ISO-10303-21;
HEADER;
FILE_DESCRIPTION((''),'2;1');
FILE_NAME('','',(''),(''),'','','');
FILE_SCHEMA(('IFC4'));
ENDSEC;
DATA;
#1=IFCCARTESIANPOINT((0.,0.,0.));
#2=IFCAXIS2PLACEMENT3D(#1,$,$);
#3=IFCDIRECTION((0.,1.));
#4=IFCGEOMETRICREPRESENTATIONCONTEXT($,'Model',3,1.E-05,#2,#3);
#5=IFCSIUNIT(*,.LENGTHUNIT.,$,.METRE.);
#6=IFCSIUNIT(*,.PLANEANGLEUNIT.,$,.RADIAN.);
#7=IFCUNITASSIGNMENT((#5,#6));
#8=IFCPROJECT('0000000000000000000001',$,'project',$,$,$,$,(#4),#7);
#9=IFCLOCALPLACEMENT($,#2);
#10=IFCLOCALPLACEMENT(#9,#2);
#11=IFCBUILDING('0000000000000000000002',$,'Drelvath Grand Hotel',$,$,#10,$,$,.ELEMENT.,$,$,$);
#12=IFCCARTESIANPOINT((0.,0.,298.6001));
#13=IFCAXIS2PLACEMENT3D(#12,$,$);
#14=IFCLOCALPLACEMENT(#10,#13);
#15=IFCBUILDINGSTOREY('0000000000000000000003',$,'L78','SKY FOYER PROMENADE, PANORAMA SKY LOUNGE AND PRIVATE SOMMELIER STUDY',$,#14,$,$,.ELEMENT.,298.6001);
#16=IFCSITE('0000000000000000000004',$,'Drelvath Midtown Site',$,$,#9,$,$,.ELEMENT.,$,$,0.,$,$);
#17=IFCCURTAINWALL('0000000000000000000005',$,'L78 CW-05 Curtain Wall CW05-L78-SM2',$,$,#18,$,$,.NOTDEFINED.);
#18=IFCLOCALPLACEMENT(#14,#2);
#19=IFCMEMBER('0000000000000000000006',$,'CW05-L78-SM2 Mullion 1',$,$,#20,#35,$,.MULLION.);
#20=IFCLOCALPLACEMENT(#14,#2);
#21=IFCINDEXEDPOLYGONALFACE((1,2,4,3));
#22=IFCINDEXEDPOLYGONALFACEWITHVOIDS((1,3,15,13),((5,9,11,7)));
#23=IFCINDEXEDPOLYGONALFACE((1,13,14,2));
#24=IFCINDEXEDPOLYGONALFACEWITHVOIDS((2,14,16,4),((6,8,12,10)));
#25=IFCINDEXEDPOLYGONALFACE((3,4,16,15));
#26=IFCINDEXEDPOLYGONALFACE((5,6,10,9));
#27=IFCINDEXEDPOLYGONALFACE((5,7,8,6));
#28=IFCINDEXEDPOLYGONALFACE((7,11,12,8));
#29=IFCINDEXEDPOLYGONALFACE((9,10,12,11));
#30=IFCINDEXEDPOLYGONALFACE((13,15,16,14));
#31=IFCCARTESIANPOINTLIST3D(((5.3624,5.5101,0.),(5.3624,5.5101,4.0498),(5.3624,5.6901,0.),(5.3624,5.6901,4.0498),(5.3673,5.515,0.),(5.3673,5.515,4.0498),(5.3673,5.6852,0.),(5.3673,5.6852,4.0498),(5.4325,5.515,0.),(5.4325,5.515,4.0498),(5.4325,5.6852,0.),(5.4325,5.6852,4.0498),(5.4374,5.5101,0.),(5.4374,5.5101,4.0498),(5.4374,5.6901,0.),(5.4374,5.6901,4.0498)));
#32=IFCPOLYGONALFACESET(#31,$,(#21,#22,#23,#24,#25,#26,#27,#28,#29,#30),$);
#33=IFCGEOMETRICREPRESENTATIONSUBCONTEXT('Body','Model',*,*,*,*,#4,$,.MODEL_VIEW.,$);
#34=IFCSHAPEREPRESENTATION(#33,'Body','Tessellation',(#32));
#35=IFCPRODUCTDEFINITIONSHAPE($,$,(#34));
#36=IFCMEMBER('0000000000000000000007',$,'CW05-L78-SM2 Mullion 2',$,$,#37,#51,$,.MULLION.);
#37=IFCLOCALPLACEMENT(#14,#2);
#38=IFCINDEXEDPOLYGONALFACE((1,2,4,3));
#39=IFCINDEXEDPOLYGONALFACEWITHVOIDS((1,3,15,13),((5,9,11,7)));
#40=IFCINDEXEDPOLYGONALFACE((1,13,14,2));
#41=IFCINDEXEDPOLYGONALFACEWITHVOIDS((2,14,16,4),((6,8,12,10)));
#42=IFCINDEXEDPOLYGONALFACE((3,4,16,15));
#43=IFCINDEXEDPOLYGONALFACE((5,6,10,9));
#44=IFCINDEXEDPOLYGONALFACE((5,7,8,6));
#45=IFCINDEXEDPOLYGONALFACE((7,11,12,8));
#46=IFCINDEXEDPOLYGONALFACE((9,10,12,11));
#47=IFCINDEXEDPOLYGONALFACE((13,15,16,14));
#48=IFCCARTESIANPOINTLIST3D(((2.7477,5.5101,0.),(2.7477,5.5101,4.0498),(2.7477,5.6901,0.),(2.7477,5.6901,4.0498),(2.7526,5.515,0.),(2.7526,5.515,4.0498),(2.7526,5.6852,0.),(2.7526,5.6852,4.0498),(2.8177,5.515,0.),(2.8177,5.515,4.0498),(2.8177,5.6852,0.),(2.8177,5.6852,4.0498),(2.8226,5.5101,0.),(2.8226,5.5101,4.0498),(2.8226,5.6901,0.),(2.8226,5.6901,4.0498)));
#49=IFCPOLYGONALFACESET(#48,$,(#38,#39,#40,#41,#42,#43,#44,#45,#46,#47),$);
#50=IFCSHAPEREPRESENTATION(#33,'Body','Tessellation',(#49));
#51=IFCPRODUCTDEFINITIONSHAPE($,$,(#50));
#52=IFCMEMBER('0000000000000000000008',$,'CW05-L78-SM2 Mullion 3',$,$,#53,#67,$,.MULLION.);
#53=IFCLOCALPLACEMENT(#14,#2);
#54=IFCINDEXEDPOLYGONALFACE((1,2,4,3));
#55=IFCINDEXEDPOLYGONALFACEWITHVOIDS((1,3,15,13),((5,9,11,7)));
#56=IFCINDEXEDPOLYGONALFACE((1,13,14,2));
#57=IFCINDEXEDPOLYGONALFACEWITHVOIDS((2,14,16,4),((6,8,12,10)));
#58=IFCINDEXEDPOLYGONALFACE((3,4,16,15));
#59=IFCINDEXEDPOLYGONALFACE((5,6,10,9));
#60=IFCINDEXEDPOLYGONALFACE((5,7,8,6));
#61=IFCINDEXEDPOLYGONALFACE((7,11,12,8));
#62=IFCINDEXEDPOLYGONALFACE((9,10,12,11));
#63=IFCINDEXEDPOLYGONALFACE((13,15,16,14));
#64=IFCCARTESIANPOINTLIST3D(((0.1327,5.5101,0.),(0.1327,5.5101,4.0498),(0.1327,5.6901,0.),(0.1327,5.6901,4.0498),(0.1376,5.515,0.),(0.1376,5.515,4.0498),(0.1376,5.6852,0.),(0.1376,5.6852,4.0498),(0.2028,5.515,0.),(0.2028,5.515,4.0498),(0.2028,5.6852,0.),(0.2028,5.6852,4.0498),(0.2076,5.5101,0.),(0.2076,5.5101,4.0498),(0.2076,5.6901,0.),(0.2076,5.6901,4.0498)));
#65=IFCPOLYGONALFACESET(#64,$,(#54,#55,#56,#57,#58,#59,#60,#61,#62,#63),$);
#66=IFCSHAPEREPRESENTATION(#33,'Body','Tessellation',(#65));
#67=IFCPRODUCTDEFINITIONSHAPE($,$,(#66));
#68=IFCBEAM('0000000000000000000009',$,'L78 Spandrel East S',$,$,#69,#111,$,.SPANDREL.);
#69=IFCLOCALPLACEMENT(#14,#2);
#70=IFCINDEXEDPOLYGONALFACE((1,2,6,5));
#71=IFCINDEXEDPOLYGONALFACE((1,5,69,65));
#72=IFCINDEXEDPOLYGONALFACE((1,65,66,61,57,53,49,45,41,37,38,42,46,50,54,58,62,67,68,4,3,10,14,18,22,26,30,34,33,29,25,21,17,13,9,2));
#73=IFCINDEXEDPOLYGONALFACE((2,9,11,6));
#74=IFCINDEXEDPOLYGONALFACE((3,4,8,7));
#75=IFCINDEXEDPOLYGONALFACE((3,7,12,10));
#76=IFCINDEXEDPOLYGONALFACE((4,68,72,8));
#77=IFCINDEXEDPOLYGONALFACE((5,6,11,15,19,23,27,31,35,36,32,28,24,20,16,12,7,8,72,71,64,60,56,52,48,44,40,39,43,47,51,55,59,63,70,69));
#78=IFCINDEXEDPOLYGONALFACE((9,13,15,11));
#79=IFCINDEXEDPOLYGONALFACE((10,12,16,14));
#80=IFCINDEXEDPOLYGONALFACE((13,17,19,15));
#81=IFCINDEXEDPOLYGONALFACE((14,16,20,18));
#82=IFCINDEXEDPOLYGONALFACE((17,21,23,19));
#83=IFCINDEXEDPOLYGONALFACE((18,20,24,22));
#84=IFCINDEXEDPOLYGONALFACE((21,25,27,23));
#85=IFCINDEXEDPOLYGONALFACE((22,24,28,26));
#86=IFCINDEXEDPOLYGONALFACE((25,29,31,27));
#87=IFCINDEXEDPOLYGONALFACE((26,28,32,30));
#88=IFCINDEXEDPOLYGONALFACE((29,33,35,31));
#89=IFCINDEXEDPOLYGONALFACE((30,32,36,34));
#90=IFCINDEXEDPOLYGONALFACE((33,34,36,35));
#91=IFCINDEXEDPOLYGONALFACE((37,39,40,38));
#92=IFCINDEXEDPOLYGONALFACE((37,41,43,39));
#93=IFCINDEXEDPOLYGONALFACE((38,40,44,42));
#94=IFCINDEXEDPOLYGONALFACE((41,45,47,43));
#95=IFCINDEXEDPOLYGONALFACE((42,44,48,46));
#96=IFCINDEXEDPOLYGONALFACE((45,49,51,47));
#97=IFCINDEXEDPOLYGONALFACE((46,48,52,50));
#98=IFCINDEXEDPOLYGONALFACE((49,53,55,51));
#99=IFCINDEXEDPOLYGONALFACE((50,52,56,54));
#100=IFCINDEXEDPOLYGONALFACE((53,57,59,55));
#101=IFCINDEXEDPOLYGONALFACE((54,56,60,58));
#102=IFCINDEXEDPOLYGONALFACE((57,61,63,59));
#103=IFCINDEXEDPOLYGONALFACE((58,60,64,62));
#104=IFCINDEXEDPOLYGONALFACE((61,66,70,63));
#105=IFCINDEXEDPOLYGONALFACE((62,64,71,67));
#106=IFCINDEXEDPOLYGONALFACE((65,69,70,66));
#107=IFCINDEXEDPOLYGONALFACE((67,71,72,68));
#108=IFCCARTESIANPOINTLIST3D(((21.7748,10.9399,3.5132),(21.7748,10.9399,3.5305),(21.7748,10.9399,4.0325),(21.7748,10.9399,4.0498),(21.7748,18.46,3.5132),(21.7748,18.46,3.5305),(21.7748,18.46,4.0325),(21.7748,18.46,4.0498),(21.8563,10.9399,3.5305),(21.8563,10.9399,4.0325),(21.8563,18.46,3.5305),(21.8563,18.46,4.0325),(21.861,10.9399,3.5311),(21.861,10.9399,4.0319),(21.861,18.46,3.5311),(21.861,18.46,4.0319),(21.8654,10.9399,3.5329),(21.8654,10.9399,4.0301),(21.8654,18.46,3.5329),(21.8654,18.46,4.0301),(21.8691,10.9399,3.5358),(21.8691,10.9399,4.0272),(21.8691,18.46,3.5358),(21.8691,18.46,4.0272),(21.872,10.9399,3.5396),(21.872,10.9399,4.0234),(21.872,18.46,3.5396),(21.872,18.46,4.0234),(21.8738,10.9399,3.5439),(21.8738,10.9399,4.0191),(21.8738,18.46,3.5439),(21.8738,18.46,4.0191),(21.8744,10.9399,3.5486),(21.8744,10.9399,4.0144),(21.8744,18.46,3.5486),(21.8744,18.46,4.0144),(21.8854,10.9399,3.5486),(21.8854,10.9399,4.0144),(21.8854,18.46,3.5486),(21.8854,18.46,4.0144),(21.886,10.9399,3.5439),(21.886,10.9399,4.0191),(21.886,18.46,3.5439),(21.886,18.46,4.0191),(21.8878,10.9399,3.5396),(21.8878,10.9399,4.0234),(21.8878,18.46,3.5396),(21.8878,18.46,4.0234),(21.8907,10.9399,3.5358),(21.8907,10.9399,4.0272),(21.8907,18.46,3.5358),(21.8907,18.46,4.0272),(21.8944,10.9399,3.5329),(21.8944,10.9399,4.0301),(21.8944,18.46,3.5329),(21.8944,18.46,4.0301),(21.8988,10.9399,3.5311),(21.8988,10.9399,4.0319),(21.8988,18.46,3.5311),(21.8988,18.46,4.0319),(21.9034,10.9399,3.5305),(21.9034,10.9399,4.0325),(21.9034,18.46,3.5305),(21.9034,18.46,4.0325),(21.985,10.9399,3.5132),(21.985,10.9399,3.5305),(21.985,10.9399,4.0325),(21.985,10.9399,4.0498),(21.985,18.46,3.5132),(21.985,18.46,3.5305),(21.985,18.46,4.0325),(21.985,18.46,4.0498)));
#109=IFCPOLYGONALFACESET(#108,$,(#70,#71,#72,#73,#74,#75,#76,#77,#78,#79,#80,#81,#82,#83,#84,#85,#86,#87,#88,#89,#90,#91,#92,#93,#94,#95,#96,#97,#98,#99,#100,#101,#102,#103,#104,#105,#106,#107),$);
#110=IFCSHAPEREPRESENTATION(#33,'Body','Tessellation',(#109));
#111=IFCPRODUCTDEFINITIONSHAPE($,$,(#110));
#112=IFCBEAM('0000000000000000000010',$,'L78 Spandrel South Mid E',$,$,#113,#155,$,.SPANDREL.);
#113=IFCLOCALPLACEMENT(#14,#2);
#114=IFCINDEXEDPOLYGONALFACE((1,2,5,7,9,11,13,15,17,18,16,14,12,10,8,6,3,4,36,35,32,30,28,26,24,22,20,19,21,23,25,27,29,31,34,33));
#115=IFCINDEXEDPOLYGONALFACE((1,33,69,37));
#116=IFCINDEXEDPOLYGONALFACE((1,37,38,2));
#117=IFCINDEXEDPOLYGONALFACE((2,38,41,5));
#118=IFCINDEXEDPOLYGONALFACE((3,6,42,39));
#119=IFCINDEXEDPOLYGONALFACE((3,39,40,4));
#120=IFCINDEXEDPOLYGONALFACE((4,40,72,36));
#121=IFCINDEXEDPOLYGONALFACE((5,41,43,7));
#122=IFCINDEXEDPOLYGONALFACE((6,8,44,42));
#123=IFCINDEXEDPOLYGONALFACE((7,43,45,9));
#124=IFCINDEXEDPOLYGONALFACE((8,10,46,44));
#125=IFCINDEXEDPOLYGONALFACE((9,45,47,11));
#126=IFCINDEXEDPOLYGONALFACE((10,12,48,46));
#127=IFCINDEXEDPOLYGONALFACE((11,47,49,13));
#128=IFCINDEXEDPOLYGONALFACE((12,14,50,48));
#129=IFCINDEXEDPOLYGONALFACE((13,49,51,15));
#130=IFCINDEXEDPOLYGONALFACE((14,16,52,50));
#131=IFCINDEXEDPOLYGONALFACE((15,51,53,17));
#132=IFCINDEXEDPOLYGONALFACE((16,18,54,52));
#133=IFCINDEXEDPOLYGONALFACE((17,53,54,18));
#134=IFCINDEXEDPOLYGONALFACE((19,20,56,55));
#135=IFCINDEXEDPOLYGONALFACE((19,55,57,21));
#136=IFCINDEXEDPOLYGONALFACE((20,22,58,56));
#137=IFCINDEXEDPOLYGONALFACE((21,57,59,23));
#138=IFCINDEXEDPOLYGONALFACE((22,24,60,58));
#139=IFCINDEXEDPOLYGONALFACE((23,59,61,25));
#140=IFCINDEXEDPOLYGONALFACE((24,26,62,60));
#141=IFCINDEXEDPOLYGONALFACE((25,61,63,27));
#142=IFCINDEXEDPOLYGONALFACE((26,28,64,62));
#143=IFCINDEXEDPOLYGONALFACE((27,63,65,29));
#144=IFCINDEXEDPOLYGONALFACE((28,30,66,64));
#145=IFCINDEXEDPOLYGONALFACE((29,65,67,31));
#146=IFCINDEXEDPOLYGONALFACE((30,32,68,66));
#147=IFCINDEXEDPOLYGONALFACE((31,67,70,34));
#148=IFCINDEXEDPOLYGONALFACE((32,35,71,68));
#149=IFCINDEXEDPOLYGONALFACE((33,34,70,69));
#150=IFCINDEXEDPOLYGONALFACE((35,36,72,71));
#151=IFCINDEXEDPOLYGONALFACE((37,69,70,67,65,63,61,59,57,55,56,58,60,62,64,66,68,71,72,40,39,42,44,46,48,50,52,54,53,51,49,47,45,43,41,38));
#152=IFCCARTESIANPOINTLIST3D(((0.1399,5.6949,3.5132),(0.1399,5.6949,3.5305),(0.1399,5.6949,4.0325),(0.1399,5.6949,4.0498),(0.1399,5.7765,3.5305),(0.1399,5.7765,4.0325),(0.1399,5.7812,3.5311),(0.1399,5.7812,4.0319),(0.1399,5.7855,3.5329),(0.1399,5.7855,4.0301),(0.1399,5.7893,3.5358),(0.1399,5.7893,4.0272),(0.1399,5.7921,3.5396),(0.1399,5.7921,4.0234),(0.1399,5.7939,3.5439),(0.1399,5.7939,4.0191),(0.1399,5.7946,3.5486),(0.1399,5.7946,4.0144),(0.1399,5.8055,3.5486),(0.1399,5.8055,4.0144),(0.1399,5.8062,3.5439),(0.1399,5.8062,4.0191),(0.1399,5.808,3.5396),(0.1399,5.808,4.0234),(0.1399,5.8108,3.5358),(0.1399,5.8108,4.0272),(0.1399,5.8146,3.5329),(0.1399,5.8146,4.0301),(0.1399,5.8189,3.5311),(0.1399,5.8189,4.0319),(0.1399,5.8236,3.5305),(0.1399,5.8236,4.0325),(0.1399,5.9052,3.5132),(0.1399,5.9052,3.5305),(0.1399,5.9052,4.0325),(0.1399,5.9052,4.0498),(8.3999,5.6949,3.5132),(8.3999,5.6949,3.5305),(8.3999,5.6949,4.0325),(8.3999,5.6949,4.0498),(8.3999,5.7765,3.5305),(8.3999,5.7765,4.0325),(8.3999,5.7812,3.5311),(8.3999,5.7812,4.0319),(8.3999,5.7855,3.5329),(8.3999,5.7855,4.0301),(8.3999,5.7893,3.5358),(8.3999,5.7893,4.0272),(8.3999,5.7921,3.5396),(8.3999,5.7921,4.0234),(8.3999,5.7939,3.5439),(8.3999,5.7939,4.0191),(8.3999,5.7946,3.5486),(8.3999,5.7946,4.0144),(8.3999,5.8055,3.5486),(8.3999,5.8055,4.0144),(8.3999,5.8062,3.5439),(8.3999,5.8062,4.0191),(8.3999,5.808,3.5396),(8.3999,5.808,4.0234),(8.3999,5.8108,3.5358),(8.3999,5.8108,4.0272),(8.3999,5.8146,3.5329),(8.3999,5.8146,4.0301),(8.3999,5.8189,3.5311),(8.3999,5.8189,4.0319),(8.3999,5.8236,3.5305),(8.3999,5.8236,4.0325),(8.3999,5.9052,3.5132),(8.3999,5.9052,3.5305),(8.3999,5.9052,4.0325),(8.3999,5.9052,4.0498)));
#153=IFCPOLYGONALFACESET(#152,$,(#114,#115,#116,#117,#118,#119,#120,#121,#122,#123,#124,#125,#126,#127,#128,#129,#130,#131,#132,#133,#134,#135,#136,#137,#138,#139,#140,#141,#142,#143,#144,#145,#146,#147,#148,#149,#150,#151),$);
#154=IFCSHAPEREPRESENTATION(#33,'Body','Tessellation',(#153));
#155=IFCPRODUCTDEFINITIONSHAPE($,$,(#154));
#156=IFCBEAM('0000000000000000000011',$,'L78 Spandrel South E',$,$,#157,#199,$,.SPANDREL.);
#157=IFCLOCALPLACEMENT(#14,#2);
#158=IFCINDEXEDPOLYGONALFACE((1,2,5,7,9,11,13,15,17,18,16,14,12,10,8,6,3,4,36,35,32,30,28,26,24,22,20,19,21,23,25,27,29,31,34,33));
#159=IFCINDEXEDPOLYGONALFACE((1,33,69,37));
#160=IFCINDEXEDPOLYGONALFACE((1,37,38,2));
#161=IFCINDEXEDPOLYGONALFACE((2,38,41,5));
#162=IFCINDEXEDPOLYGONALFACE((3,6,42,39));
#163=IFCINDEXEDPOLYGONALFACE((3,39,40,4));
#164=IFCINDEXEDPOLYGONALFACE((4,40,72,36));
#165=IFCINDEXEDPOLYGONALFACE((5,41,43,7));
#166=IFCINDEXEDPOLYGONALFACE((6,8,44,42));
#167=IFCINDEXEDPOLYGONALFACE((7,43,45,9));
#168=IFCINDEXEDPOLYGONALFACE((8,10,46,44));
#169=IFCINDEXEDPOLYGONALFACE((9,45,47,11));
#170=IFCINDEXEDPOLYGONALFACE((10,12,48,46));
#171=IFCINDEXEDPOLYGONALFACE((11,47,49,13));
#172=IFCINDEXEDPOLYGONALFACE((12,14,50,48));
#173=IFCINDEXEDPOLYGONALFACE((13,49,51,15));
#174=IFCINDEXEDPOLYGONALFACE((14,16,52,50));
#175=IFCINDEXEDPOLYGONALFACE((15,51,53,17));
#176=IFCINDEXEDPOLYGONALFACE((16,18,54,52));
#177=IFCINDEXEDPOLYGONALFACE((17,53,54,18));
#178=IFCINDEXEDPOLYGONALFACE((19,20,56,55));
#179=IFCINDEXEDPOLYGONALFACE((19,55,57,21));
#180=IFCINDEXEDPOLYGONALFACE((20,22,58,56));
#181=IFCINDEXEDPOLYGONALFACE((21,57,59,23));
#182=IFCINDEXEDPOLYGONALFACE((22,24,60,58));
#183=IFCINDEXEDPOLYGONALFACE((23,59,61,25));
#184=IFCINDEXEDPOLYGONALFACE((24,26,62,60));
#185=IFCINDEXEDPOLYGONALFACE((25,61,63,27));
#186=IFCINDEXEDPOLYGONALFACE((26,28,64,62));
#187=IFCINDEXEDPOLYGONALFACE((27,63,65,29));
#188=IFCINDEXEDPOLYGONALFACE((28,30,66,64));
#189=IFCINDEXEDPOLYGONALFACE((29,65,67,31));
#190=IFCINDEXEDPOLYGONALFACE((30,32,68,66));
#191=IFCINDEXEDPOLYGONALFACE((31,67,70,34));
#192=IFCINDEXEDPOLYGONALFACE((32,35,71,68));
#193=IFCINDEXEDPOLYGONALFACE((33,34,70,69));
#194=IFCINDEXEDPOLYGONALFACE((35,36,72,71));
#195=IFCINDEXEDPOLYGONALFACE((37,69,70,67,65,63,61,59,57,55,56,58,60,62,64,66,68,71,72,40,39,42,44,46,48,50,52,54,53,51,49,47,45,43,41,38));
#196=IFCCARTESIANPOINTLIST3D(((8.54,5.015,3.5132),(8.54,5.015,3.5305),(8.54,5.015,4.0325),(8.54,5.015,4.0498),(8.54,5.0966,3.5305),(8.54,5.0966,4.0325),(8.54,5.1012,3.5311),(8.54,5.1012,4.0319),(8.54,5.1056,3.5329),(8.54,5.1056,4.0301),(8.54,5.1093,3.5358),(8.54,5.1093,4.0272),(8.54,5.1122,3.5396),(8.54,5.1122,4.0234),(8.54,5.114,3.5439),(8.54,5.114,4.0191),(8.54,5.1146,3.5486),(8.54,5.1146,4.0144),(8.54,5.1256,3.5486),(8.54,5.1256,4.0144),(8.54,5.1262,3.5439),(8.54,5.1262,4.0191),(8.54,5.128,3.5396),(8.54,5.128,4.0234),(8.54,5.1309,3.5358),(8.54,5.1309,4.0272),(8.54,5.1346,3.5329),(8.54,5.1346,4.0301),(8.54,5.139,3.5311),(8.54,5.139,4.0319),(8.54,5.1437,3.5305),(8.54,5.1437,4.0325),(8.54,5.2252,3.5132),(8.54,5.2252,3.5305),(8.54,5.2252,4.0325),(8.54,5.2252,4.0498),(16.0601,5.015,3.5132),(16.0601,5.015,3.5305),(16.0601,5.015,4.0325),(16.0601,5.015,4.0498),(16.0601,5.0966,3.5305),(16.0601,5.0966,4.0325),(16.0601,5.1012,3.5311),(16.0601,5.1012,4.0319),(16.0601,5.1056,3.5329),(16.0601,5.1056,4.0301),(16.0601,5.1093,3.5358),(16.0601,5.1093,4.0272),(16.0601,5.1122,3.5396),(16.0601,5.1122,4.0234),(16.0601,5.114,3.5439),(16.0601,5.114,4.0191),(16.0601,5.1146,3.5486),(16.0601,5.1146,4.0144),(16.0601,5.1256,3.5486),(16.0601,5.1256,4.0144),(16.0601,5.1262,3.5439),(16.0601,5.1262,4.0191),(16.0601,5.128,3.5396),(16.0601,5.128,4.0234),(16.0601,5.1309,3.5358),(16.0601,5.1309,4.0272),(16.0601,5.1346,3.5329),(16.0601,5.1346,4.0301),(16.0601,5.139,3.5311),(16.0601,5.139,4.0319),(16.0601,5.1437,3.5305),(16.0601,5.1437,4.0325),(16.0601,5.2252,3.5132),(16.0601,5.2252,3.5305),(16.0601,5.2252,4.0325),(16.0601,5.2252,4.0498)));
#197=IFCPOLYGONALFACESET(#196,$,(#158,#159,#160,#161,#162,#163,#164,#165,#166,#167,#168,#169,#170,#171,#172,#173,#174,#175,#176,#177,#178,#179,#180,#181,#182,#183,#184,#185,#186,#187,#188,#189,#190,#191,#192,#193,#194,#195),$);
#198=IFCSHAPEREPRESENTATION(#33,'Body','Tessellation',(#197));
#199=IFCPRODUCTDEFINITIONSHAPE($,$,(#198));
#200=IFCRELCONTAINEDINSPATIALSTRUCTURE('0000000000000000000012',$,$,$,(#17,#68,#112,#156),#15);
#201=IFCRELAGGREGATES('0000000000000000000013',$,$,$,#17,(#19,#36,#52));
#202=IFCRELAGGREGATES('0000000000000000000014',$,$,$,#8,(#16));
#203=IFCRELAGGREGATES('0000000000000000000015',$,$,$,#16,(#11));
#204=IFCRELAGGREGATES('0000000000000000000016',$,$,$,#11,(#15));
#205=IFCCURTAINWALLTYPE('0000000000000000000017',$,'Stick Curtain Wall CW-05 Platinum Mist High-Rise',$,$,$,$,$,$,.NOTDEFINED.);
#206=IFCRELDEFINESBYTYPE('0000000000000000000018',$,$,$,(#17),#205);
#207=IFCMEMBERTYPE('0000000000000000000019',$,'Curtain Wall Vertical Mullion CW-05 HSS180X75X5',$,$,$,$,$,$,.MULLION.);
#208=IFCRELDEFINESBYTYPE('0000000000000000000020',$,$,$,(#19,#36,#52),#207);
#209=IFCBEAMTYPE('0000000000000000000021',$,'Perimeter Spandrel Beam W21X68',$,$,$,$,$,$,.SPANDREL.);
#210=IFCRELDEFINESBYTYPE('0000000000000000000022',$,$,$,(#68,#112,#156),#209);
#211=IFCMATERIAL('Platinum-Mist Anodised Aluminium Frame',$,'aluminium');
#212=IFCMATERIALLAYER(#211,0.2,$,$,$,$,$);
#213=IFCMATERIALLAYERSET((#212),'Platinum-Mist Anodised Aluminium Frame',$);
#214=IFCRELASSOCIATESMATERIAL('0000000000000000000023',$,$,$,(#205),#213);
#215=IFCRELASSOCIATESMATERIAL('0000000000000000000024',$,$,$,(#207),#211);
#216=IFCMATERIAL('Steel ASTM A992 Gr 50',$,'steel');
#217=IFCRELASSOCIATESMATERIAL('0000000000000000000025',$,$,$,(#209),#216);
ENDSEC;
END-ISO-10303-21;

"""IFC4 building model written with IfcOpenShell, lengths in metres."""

from ifc_helpers import new_model, si_unit, direction, frame, origin, origin_2d, place, context, subcontext, project, spatial, hollow_rectangle, i_section, extrude, material, layer, layer_set, material_profile, profile_set, type_object, element, aggregate, save


model = new_model("IFC4")

# Units and contexts
model_context = context("Model", 3, precision=1e-05, world=origin(), true_north=direction((0.0, 1.0)))
body_context = subcontext(model_context, "Body", "Model", "MODEL_VIEW")
ifc_project = project(units=[si_unit("LENGTHUNIT", "METRE"), si_unit("PLANEANGLEUNIT", "RADIAN")], contexts=[model_context])

# Site, building, storey
site_placement = place(None, origin())
site = spatial("IfcSite", under=ifc_project, at=site_placement, Name="Drelvath Midtown Site", CompositionType="ELEMENT", RefElevation=0.0)
building_placement = place(site_placement, origin())
building = spatial("IfcBuilding", under=site, at=building_placement, Name="Drelvath Grand Hotel", CompositionType="ELEMENT")
storey_placement = place(building_placement, frame((0.0, 0.0, 298.6001)))
storey = spatial("IfcBuildingStorey", under=building, at=storey_placement, Name="L78", Description="SKY FOYER PROMENADE, PANORAMA SKY LOUNGE AND PRIVATE SOMMELIER STUDY", CompositionType="ELEMENT", Elevation=298.6001)

# Shared definitions
ifc_material_1 = material(Name="Steel ASTM A992 Gr 50", Category="steel")

# Curtain wall
ifc_material_2 = material(Name="Platinum-Mist Anodised Aluminium Frame", Category="aluminium")
ifc_layer_1 = layer(ifc_material_2, 0.2)
ifc_layer_set_1 = layer_set([ifc_layer_1], Name="Platinum-Mist Anodised Aluminium Frame")
curtain_wall_type = type_object("IfcCurtainWallType", Name="Stick Curtain Wall CW-05 Platinum Mist High-Rise", PredefinedType="NOTDEFINED", material=ifc_layer_set_1)
curtain_wall_1_placement = place(storey_placement, origin())
curtain_wall_1 = element("IfcCurtainWall", 1, at=curtain_wall_1_placement, inside=storey, type_object=curtain_wall_type, Name="L78 CW-05 Curtain Wall CW05-L78-SM2", PredefinedType="NOTDEFINED")

# Members
ifc_material_profile_1 = material_profile(ifc_material_2, hollow_rectangle(XDim=0.075, YDim=0.1799, WallThickness=0.0049, at=origin_2d()), Name="HSS180X75X5")
ifc_profile_set_1 = profile_set([ifc_material_profile_1], Name="Platinum-Mist Anodised Aluminium Frame")
member_type_1 = type_object("IfcMemberType", Name="Curtain Wall Vertical Mullion CW-05 HSS180X75X5", PredefinedType="MULLION", material=ifc_profile_set_1)
member_1_placement = place(storey_placement, frame((5.3999, 5.6001, 0.0), z_axis=(0.0, 0.0, 1.0), x_axis=(1.0, 0.0, 0.0)))
member_1 = element("IfcMember", 2, at=member_1_placement, type_object=member_type_1, Name="CW05-L78-SM2 Mullion 1", PredefinedType="MULLION", context=body_context, shape_type="SweptSolid", body=[
    extrude(hollow_rectangle(XDim=0.075, YDim=0.1799, WallThickness=0.0049, at=origin_2d()), origin(), (0.0, 0.0, 1.0), 4.0498),
])
member_2_placement = place(storey_placement, frame((2.7852, 5.6001, 0.0), z_axis=(0.0, 0.0, 1.0), x_axis=(1.0, 0.0, 0.0)))
member_2 = element("IfcMember", 3, at=member_2_placement, type_object=member_type_1, Name="CW05-L78-SM2 Mullion 2", PredefinedType="MULLION", context=body_context, shape_type="SweptSolid", body=[
    extrude(hollow_rectangle(XDim=0.075, YDim=0.1799, WallThickness=0.0049, at=origin_2d()), origin(), (0.0, 0.0, 1.0), 4.0498),
])
member_3_placement = place(storey_placement, frame((0.1702, 5.6001, 0.0), z_axis=(0.0, 0.0, 1.0), x_axis=(1.0, 0.0, 0.0)))
member_3 = element("IfcMember", 4, at=member_3_placement, type_object=member_type_1, Name="CW05-L78-SM2 Mullion 3", PredefinedType="MULLION", context=body_context, shape_type="SweptSolid", body=[
    extrude(hollow_rectangle(XDim=0.075, YDim=0.1799, WallThickness=0.0049, at=origin_2d()), origin(), (0.0, 0.0, 1.0), 4.0498),
])

# Beams
ifc_material_profile_2 = material_profile(ifc_material_1, i_section(OverallWidth=0.2102, OverallDepth=0.5366, WebThickness=0.011, FlangeThickness=0.0173, FilletRadius=0.0181, at=origin_2d()), Name="W21X68")
ifc_profile_set_2 = profile_set([ifc_material_profile_2], Name="Steel ASTM A992 Gr 50")
beam_type_1 = type_object("IfcBeamType", Name="Perimeter Spandrel Beam W21X68", PredefinedType="SPANDREL", material=ifc_profile_set_2)
beam_1_placement = place(storey_placement, frame((21.8799, 10.9399, 3.7815), z_axis=(0.0, 1.0, 0.0), x_axis=(-1.0, 0.0, 0.0)))
element("IfcBeam", 5, at=beam_1_placement, inside=storey, type_object=beam_type_1, Name="L78 Spandrel East S", PredefinedType="SPANDREL", context=body_context, shape_type="SweptSolid", body=[
    extrude(i_section(OverallWidth=0.2102, OverallDepth=0.5366, WebThickness=0.011, FlangeThickness=0.0173, FilletRadius=0.0181, at=origin_2d()), origin(), (0.0, 0.0, 1.0), 7.52),
])
beam_2_placement = place(storey_placement, frame((0.1399, 5.8, 3.7815), z_axis=(1.0, 0.0, 0.0), x_axis=(0.0, 1.0, 0.0)))
element("IfcBeam", 6, at=beam_2_placement, inside=storey, type_object=beam_type_1, Name="L78 Spandrel South Mid E", PredefinedType="SPANDREL", context=body_context, shape_type="SweptSolid", body=[
    extrude(i_section(OverallWidth=0.2102, OverallDepth=0.5366, WebThickness=0.011, FlangeThickness=0.0173, FilletRadius=0.0181, at=origin_2d()), origin(), (0.0, 0.0, 1.0), 8.26),
])
beam_3_placement = place(storey_placement, frame((8.54, 5.1201, 3.7815), z_axis=(1.0, 0.0, 0.0), x_axis=(0.0, 1.0, 0.0)))
element("IfcBeam", 7, at=beam_3_placement, inside=storey, type_object=beam_type_1, Name="L78 Spandrel South E", PredefinedType="SPANDREL", context=body_context, shape_type="SweptSolid", body=[
    extrude(i_section(OverallWidth=0.2102, OverallDepth=0.5366, WebThickness=0.011, FlangeThickness=0.0173, FilletRadius=0.0181, at=origin_2d()), origin(), (0.0, 0.0, 1.0), 7.52),
])

aggregate(curtain_wall_1, [member_1, member_2, member_3])

save(model, "model.ifc")
